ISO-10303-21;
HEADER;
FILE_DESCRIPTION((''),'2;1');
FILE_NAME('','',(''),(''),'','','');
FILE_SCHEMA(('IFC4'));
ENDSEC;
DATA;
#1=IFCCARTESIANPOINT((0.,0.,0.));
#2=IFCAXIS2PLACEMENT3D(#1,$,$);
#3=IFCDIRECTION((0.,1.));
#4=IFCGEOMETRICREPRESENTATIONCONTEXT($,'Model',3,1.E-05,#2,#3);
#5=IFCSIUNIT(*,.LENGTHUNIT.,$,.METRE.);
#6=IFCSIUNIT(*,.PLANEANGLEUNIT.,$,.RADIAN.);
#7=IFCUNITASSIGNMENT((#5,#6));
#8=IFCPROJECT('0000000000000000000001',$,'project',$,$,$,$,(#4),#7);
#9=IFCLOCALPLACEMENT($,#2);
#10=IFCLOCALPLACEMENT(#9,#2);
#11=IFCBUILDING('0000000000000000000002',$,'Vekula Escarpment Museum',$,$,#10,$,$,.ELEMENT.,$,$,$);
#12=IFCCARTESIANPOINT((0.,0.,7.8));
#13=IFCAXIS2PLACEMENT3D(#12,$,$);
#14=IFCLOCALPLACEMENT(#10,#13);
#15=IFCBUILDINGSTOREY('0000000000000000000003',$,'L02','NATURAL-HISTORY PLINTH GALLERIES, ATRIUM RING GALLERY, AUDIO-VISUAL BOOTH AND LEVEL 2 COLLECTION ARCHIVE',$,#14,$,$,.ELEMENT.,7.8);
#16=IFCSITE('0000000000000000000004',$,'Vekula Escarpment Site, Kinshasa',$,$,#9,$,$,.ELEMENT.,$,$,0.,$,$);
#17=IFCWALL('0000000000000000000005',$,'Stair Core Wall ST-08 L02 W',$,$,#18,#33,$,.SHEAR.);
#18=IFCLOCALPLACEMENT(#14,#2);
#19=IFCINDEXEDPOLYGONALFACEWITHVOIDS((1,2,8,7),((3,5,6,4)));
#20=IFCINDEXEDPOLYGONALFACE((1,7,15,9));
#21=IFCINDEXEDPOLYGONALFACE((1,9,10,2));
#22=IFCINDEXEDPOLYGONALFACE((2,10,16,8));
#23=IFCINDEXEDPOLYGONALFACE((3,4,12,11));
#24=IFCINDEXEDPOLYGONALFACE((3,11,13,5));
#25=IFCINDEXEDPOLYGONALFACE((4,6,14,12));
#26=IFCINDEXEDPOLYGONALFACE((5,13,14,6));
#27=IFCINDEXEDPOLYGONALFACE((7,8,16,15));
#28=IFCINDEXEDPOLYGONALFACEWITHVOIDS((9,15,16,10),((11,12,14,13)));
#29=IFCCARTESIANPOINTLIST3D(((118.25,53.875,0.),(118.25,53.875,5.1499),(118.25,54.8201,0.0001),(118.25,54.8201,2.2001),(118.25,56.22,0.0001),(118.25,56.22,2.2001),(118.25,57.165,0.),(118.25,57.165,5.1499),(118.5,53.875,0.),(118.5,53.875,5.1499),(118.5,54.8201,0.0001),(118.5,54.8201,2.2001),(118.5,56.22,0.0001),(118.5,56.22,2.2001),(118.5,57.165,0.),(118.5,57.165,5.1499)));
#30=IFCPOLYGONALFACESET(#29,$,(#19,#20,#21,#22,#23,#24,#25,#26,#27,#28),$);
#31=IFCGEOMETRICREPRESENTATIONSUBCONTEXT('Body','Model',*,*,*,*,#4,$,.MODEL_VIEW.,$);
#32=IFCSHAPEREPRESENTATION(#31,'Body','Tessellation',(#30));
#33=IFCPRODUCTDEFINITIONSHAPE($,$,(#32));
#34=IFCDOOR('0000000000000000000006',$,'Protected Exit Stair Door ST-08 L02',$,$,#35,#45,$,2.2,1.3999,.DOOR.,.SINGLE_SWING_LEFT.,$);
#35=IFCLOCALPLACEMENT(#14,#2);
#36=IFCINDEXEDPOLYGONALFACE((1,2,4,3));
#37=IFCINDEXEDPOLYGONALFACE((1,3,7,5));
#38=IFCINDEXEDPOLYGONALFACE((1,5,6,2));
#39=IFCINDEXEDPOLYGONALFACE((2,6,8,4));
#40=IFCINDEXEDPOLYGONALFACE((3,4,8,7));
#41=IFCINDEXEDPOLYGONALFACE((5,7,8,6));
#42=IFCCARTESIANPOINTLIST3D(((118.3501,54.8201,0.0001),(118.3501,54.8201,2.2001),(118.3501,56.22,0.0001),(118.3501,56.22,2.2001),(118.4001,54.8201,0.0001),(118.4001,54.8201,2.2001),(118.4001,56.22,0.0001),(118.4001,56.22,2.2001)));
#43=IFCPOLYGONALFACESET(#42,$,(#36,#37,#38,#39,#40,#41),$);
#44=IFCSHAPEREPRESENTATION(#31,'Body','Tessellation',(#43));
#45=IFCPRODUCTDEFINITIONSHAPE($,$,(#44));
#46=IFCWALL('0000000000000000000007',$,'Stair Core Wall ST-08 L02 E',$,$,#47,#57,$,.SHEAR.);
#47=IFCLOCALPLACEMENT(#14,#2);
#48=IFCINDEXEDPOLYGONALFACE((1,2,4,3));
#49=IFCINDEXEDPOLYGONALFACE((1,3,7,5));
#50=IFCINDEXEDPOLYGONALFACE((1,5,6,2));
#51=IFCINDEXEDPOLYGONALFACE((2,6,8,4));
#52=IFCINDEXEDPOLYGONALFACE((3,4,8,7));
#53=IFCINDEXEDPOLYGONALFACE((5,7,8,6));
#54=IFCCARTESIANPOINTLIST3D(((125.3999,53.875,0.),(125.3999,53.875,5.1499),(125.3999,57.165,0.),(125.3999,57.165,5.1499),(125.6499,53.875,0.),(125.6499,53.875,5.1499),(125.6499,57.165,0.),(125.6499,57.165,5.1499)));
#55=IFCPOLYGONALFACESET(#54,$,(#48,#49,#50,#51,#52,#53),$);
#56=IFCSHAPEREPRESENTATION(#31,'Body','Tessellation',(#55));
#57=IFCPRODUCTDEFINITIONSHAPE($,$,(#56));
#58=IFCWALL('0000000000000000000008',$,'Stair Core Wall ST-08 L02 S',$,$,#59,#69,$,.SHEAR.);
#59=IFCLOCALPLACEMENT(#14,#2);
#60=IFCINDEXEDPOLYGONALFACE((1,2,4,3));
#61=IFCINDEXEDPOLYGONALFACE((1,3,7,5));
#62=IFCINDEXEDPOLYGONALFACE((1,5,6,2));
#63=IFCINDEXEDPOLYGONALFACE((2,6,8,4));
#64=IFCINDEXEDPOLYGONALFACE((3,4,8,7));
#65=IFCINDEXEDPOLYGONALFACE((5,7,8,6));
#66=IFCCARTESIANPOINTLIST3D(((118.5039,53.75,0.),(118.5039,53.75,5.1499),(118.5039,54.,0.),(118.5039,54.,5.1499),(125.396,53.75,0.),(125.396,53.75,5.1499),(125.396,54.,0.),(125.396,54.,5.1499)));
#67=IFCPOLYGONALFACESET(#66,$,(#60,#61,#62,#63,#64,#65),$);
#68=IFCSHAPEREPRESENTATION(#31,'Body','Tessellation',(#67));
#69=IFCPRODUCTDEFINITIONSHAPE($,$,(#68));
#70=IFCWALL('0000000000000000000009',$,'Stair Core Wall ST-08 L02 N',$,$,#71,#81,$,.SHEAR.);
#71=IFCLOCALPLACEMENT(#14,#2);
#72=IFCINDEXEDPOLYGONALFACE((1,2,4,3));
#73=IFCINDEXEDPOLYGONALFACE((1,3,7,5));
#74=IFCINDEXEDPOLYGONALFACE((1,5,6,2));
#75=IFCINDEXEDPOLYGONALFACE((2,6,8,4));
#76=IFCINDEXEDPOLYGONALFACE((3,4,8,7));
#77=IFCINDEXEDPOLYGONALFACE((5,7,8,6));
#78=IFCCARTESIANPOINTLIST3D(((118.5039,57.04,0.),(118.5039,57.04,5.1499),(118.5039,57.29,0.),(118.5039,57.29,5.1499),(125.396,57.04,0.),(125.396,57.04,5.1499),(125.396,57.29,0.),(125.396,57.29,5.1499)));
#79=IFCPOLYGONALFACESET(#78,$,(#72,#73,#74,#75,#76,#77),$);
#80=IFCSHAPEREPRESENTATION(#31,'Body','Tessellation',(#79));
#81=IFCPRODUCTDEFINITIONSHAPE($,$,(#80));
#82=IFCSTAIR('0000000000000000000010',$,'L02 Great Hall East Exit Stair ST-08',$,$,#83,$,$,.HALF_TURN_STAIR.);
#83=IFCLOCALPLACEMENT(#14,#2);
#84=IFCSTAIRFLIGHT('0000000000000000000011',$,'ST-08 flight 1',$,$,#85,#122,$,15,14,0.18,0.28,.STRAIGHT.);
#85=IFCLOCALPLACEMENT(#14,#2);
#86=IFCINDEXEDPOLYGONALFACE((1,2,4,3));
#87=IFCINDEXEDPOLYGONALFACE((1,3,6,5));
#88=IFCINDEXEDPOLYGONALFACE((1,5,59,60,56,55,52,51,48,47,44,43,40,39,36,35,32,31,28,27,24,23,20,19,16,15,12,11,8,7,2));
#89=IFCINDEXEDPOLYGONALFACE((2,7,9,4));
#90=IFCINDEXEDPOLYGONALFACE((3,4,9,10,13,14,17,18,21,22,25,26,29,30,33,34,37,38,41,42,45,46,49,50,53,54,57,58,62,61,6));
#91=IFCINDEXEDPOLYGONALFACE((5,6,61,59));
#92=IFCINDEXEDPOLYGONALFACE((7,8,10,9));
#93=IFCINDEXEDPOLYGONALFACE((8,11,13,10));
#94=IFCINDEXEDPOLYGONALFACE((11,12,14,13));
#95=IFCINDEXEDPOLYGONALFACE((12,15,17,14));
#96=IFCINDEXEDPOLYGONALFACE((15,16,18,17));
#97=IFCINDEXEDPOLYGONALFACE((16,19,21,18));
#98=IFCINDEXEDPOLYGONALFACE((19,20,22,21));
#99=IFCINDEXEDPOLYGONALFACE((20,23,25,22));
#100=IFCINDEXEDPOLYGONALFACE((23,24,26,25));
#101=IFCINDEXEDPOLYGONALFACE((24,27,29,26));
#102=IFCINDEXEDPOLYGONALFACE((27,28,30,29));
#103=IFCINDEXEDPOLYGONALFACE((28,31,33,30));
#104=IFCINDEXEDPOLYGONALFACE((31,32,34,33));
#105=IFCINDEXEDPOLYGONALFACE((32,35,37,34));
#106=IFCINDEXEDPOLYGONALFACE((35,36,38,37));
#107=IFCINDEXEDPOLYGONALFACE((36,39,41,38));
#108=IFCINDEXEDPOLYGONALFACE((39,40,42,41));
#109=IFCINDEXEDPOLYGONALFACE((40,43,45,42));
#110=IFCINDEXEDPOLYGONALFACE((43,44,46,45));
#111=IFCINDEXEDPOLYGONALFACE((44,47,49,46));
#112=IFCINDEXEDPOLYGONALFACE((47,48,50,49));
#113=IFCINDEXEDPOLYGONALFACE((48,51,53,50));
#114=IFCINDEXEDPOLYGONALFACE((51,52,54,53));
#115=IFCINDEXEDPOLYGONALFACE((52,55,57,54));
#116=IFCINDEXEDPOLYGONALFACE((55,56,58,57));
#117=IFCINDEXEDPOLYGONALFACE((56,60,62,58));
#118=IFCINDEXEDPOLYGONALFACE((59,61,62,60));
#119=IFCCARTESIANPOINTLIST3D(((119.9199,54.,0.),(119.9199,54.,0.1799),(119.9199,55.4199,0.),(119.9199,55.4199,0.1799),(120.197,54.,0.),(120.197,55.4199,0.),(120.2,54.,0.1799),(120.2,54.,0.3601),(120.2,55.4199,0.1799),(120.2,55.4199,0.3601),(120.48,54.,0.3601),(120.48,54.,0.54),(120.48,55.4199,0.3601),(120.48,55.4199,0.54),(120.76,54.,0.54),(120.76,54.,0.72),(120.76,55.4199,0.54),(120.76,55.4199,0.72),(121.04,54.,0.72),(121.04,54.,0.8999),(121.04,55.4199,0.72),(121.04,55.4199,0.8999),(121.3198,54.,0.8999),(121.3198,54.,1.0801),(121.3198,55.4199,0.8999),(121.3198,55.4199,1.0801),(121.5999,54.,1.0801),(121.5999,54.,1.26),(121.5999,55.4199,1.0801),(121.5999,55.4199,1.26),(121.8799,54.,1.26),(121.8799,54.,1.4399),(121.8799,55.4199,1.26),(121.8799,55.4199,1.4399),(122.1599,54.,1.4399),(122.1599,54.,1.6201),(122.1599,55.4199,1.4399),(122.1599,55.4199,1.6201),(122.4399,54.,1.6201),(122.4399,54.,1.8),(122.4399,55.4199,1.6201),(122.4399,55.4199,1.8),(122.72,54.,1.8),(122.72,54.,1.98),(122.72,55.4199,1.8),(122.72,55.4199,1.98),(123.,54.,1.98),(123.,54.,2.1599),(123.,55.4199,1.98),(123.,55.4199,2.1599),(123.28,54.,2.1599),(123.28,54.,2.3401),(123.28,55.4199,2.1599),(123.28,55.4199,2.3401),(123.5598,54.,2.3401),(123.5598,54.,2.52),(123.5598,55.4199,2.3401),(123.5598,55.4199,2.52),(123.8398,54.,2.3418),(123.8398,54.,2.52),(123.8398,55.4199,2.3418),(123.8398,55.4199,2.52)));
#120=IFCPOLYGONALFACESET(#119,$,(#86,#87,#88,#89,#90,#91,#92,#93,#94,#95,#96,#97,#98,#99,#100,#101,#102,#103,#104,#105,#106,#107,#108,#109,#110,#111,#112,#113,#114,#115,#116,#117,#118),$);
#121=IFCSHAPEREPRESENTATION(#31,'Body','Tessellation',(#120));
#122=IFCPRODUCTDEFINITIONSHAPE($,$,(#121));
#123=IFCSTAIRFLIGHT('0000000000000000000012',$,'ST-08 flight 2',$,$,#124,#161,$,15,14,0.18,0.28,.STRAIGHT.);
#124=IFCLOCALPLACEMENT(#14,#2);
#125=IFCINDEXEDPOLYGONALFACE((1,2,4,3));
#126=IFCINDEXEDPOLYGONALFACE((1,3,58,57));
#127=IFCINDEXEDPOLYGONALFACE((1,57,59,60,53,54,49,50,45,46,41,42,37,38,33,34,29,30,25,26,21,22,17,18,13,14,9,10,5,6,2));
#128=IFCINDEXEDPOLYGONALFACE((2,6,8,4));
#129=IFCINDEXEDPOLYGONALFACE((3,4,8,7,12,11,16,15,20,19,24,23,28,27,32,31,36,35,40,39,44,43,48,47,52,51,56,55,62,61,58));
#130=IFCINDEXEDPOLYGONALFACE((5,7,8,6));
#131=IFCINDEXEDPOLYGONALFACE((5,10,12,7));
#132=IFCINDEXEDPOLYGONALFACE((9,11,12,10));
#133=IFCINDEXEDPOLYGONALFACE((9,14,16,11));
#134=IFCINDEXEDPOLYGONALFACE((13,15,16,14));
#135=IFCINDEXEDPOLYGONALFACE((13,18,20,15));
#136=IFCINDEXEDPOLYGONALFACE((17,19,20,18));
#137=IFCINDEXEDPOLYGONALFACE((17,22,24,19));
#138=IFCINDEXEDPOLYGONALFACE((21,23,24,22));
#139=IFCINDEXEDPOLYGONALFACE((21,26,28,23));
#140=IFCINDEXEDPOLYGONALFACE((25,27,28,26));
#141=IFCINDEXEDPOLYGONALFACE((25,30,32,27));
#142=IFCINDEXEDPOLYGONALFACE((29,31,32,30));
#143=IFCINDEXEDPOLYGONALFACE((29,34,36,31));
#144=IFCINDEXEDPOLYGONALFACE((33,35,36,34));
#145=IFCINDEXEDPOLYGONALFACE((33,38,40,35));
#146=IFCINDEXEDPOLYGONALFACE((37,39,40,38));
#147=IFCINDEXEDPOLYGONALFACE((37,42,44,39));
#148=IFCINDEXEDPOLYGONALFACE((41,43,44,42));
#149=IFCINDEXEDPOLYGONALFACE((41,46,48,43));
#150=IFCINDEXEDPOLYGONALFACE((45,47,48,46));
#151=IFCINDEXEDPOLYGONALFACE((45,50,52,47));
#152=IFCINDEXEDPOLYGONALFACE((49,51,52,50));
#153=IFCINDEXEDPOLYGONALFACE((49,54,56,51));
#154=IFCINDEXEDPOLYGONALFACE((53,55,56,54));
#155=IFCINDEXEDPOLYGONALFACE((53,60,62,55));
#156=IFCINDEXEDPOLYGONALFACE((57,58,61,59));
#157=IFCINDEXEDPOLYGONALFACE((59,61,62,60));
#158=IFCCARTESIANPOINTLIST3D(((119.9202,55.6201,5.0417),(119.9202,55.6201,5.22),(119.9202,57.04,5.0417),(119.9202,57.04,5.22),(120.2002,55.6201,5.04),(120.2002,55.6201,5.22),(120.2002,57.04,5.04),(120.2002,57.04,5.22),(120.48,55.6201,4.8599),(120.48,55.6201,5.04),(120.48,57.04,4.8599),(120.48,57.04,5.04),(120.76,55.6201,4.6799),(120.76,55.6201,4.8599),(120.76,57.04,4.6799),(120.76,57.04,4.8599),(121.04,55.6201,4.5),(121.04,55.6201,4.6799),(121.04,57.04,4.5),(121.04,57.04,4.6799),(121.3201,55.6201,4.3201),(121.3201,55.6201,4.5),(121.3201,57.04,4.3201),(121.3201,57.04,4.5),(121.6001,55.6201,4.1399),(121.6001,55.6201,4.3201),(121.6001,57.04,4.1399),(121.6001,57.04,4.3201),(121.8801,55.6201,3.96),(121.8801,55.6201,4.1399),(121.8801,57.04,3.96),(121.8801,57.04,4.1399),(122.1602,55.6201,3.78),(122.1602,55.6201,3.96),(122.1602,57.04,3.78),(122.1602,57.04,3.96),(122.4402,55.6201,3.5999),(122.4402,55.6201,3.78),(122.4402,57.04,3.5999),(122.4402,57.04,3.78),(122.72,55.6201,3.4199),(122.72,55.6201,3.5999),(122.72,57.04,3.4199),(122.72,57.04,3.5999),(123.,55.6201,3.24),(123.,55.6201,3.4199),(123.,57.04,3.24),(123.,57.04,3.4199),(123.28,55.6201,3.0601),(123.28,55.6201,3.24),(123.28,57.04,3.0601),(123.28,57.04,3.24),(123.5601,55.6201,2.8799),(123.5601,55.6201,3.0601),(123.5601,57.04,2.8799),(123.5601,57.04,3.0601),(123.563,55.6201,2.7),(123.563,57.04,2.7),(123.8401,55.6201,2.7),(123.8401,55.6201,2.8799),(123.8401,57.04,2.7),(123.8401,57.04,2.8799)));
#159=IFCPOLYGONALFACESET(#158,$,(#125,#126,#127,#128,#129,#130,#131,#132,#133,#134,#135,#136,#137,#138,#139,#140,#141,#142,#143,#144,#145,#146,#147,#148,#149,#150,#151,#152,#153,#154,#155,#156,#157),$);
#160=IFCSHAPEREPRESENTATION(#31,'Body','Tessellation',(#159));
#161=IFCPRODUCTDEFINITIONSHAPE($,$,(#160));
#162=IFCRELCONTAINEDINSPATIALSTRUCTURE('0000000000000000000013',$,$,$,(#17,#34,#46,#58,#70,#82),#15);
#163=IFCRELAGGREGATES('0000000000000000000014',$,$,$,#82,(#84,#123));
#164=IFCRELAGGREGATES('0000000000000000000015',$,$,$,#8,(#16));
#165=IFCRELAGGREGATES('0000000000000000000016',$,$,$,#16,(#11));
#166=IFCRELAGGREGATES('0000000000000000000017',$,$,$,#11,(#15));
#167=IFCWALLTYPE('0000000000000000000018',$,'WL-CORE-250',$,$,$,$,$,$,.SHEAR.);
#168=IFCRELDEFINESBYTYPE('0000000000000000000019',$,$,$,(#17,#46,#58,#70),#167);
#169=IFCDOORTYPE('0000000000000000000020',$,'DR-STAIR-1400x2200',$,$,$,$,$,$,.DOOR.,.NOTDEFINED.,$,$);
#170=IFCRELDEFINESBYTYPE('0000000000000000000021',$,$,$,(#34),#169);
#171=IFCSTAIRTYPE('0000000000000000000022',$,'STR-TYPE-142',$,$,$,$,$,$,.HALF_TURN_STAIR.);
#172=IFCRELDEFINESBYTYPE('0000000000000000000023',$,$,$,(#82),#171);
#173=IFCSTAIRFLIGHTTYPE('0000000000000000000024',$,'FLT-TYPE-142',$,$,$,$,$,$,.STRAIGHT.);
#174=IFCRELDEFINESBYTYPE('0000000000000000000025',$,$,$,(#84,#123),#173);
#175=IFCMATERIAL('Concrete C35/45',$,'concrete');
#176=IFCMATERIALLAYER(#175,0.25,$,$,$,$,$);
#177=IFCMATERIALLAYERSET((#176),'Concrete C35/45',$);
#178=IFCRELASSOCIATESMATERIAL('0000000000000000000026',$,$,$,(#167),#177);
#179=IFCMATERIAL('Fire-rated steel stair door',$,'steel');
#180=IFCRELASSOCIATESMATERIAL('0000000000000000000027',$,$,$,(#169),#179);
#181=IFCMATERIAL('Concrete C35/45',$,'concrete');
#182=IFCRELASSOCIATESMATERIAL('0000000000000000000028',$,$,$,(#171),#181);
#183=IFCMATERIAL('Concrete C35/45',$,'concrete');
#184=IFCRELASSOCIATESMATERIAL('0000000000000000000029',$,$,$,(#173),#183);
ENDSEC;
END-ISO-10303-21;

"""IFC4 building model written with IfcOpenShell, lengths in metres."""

from ifc_helpers import new_model, si_unit, direction, frame, frame_2d, origin, place, context, subcontext, project, spatial, polyline, rectangle, outline, extrude, material, layer, layer_set, type_object, element, fill, aggregate, save


model = new_model("IFC4")

# Units and contexts
model_context = context("Model", 3, precision=1e-05, world=origin(), true_north=direction((0.0, 1.0)))
body_context = subcontext(model_context, "Body", "Model", "MODEL_VIEW")
ifc_project = project(units=[si_unit("LENGTHUNIT", "METRE"), si_unit("PLANEANGLEUNIT", "RADIAN")], contexts=[model_context])

# Site, building, storey
site_placement = place(None, origin())
site = spatial("IfcSite", under=ifc_project, at=site_placement, Name="Vekula Escarpment Site, Kinshasa", CompositionType="ELEMENT", RefElevation=0.0)
building_placement = place(site_placement, origin())
building = spatial("IfcBuilding", under=site, at=building_placement, Name="Vekula Escarpment Museum", CompositionType="ELEMENT")
storey_placement = place(building_placement, frame((0.0, 0.0, 7.8)))
storey = spatial("IfcBuildingStorey", under=building, at=storey_placement, Name="L02", Description="NATURAL-HISTORY PLINTH GALLERIES, ATRIUM RING GALLERY, AUDIO-VISUAL BOOTH AND LEVEL 2 COLLECTION ARCHIVE", CompositionType="ELEMENT", Elevation=7.8)

# Wall, opening, door
ifc_material_1 = material(Name="Concrete C35/45", Category="concrete")
ifc_layer_1 = layer(ifc_material_1, 0.25)
ifc_layer_set_1 = layer_set([ifc_layer_1], Name="Concrete C35/45")
wall_type_1 = type_object("IfcWallType", Name="WL-CORE-250", PredefinedType="SHEAR", material=ifc_layer_set_1)
wall_1_placement = place(storey_placement, frame((118.375, 53.875, 0.0), z_axis=(0.0, 0.0, 1.0), x_axis=(0.0, 1.0, 0.0)))
wall_1 = element("IfcWall", 1, at=wall_1_placement, inside=storey, type_object=wall_type_1, Name="Stair Core Wall ST-08 L02 W", PredefinedType="SHEAR", context=body_context, shape_type="SweptSolid", body=[
    extrude(rectangle(XDim=3.29, YDim=0.25, at=frame_2d((1.645, 0.0))), origin(), (0.0, 0.0, 1.0), 5.1499),
])
opening_placement = place(wall_1_placement, frame((0.9451, 0.0, 0.0)))
opening = element("IfcOpeningElement", 2, at=opening_placement, cuts=wall_1, PredefinedType="OPENING", context=body_context, shape_type="SweptSolid", body=[
    extrude(rectangle(XDim=1.3999, YDim=2.2, at=frame_2d((0.7, 1.1001))), frame((0.0, 0.135, 0.0), z_axis=(0.0, -1.0, 0.0), x_axis=(1.0, 0.0, 0.0)), (0.0, 0.0, 1.0), 0.27),
])
ifc_material_2 = material(Name="Fire-rated steel stair door", Category="steel")
door_type = type_object("IfcDoorType", Name="DR-STAIR-1400x2200", OperationType="NOTDEFINED", PredefinedType="DOOR", material=ifc_material_2)
door_placement = place(opening_placement, origin())
door = element("IfcDoor", 3, at=door_placement, inside=storey, type_object=door_type, Name="Protected Exit Stair Door ST-08 L02", OperationType="SINGLE_SWING_LEFT", OverallHeight=2.2, OverallWidth=1.3999, PredefinedType="DOOR", context=body_context, shape_type="SweptSolid", body=[
    extrude(rectangle(XDim=1.3999, YDim=2.2, at=frame_2d((0.7, 1.1001))), frame((0.0, 0.0249, 0.0), z_axis=(0.0, -1.0, 0.0), x_axis=(1.0, 0.0, 0.0)), (0.0, 0.0, 1.0), 0.05),
])
fill(opening, door)

# Walls
wall_2_placement = place(storey_placement, frame((125.5249, 53.875, 0.0), z_axis=(0.0, 0.0, 1.0), x_axis=(0.0, 1.0, 0.0)))
element("IfcWall", 4, at=wall_2_placement, inside=storey, type_object=wall_type_1, Name="Stair Core Wall ST-08 L02 E", PredefinedType="SHEAR", context=body_context, shape_type="SweptSolid", body=[
    extrude(rectangle(XDim=3.29, YDim=0.25, at=frame_2d((1.645, 0.0))), origin(), (0.0, 0.0, 1.0), 5.1499),
])
for number, where, z_axis, x_axis, name in (
    (5, (118.5039, 53.875, 0.0), (0.0, 0.0, 1.0), (1.0, 0.0, 0.0), "Stair Core Wall ST-08 L02 S"),
    (6, (118.5039, 57.165, 0.0), (0.0, 0.0, 1.0), (1.0, 0.0, 0.0), "Stair Core Wall ST-08 L02 N"),
):
    element("IfcWall", number, at=place(storey_placement, frame(where, z_axis=z_axis, x_axis=x_axis)), inside=storey, type_object=wall_type_1, Name=name, PredefinedType="SHEAR", context=body_context, shape_type="SweptSolid", body=[
        extrude(rectangle(XDim=6.8921, YDim=0.25, at=frame_2d((3.446, 0.0))), origin(), (0.0, 0.0, 1.0), 5.1499),
    ])

# Stair, stair flights
ifc_material_3 = material(Name="Concrete C35/45", Category="concrete")
stair_type = type_object("IfcStairType", Name="STR-TYPE-142", PredefinedType="HALF_TURN_STAIR", material=ifc_material_3)
stair_placement = place(storey_placement, origin())
stair = element("IfcStair", 7, at=stair_placement, inside=storey, type_object=stair_type, Name="L02 Great Hall East Exit Stair ST-08", PredefinedType="HALF_TURN_STAIR")
ifc_material_4 = material(Name="Concrete C35/45", Category="concrete")
stair_flight_type = type_object("IfcStairFlightType", Name="FLT-TYPE-142", PredefinedType="STRAIGHT", material=ifc_material_4)
stair_flight_1_placement = place(storey_placement, frame((119.9199, 54.71, 0.0), z_axis=(0.0, 0.0, 1.0), x_axis=(1.0, 0.0, 0.0)))
stair_flight_1 = element("IfcStairFlight", 8, at=stair_flight_1_placement, type_object=stair_flight_type, Name="ST-08 flight 1", NumberOfRisers=15, NumberOfTreads=14, PredefinedType="STRAIGHT", RiserHeight=0.18, TreadLength=0.28, context=body_context, shape_type="SweptSolid", body=[
    extrude(outline(polyline([(0.0, 0.0), (0.0, 0.1799), (0.28, 0.1799), (0.28, 0.3601), (0.5601, 0.3601), (0.5601, 0.54), (0.8401, 0.54), (0.8401, 0.72), (1.1201, 0.72), (1.1201, 0.8999), (1.3999, 0.8999), (1.3999, 1.0801), (1.6799, 1.0801), (1.6799, 1.26), (1.96, 1.26), (1.96, 1.4399), (2.24, 1.4399), (2.24, 1.6201), (2.52, 1.6201), (2.52, 1.8), (2.8, 1.8), (2.8, 1.98), (3.0801, 1.98), (3.0801, 2.1599), (3.3601, 2.1599), (3.3601, 2.3401), (3.6399, 2.3401), (3.6399, 2.52), (3.9199, 2.52), (3.9199, 2.7), (3.9199, 2.3418), (0.2771, 0.0), (0.0, 0.0)])), frame((0.0, 0.71, 0.0), z_axis=(0.0, -1.0, 0.0), x_axis=(1.0, 0.0, 0.0)), (0.0, 0.0, 1.0), 1.4199),
])
stair_flight_2_placement = place(storey_placement, frame((123.8401, 56.3301, 2.7), z_axis=(0.0, 0.0, 1.0), x_axis=(-1.0, 0.0, 0.0)))
stair_flight_2 = element("IfcStairFlight", 9, at=stair_flight_2_placement, type_object=stair_flight_type, Name="ST-08 flight 2", NumberOfRisers=15, NumberOfTreads=14, PredefinedType="STRAIGHT", RiserHeight=0.18, TreadLength=0.28, context=body_context, shape_type="SweptSolid", body=[
    extrude(outline(polyline([(0.0, 0.0), (0.0, 0.1799), (0.28, 0.1799), (0.28, 0.3601), (0.5601, 0.3601), (0.5601, 0.54), (0.8401, 0.54), (0.8401, 0.72), (1.1201, 0.72), (1.1201, 0.8999), (1.3999, 0.8999), (1.3999, 1.0801), (1.6799, 1.0801), (1.6799, 1.26), (1.96, 1.26), (1.96, 1.4399), (2.24, 1.4399), (2.24, 1.6201), (2.52, 1.6201), (2.52, 1.8), (2.8, 1.8), (2.8, 1.98), (3.0801, 1.98), (3.0801, 2.1599), (3.3601, 2.1599), (3.3601, 2.3401), (3.6399, 2.3401), (3.6399, 2.52), (3.9199, 2.52), (3.9199, 2.7), (3.9199, 2.3418), (0.2771, 0.0), (0.0, 0.0)])), frame((0.0, 0.71, 0.0), z_axis=(0.0, -1.0, 0.0), x_axis=(1.0, 0.0, 0.0)), (0.0, 0.0, 1.0), 1.4199),
])
aggregate(stair, [stair_flight_1, stair_flight_2])

save(model, "model.ifc")
